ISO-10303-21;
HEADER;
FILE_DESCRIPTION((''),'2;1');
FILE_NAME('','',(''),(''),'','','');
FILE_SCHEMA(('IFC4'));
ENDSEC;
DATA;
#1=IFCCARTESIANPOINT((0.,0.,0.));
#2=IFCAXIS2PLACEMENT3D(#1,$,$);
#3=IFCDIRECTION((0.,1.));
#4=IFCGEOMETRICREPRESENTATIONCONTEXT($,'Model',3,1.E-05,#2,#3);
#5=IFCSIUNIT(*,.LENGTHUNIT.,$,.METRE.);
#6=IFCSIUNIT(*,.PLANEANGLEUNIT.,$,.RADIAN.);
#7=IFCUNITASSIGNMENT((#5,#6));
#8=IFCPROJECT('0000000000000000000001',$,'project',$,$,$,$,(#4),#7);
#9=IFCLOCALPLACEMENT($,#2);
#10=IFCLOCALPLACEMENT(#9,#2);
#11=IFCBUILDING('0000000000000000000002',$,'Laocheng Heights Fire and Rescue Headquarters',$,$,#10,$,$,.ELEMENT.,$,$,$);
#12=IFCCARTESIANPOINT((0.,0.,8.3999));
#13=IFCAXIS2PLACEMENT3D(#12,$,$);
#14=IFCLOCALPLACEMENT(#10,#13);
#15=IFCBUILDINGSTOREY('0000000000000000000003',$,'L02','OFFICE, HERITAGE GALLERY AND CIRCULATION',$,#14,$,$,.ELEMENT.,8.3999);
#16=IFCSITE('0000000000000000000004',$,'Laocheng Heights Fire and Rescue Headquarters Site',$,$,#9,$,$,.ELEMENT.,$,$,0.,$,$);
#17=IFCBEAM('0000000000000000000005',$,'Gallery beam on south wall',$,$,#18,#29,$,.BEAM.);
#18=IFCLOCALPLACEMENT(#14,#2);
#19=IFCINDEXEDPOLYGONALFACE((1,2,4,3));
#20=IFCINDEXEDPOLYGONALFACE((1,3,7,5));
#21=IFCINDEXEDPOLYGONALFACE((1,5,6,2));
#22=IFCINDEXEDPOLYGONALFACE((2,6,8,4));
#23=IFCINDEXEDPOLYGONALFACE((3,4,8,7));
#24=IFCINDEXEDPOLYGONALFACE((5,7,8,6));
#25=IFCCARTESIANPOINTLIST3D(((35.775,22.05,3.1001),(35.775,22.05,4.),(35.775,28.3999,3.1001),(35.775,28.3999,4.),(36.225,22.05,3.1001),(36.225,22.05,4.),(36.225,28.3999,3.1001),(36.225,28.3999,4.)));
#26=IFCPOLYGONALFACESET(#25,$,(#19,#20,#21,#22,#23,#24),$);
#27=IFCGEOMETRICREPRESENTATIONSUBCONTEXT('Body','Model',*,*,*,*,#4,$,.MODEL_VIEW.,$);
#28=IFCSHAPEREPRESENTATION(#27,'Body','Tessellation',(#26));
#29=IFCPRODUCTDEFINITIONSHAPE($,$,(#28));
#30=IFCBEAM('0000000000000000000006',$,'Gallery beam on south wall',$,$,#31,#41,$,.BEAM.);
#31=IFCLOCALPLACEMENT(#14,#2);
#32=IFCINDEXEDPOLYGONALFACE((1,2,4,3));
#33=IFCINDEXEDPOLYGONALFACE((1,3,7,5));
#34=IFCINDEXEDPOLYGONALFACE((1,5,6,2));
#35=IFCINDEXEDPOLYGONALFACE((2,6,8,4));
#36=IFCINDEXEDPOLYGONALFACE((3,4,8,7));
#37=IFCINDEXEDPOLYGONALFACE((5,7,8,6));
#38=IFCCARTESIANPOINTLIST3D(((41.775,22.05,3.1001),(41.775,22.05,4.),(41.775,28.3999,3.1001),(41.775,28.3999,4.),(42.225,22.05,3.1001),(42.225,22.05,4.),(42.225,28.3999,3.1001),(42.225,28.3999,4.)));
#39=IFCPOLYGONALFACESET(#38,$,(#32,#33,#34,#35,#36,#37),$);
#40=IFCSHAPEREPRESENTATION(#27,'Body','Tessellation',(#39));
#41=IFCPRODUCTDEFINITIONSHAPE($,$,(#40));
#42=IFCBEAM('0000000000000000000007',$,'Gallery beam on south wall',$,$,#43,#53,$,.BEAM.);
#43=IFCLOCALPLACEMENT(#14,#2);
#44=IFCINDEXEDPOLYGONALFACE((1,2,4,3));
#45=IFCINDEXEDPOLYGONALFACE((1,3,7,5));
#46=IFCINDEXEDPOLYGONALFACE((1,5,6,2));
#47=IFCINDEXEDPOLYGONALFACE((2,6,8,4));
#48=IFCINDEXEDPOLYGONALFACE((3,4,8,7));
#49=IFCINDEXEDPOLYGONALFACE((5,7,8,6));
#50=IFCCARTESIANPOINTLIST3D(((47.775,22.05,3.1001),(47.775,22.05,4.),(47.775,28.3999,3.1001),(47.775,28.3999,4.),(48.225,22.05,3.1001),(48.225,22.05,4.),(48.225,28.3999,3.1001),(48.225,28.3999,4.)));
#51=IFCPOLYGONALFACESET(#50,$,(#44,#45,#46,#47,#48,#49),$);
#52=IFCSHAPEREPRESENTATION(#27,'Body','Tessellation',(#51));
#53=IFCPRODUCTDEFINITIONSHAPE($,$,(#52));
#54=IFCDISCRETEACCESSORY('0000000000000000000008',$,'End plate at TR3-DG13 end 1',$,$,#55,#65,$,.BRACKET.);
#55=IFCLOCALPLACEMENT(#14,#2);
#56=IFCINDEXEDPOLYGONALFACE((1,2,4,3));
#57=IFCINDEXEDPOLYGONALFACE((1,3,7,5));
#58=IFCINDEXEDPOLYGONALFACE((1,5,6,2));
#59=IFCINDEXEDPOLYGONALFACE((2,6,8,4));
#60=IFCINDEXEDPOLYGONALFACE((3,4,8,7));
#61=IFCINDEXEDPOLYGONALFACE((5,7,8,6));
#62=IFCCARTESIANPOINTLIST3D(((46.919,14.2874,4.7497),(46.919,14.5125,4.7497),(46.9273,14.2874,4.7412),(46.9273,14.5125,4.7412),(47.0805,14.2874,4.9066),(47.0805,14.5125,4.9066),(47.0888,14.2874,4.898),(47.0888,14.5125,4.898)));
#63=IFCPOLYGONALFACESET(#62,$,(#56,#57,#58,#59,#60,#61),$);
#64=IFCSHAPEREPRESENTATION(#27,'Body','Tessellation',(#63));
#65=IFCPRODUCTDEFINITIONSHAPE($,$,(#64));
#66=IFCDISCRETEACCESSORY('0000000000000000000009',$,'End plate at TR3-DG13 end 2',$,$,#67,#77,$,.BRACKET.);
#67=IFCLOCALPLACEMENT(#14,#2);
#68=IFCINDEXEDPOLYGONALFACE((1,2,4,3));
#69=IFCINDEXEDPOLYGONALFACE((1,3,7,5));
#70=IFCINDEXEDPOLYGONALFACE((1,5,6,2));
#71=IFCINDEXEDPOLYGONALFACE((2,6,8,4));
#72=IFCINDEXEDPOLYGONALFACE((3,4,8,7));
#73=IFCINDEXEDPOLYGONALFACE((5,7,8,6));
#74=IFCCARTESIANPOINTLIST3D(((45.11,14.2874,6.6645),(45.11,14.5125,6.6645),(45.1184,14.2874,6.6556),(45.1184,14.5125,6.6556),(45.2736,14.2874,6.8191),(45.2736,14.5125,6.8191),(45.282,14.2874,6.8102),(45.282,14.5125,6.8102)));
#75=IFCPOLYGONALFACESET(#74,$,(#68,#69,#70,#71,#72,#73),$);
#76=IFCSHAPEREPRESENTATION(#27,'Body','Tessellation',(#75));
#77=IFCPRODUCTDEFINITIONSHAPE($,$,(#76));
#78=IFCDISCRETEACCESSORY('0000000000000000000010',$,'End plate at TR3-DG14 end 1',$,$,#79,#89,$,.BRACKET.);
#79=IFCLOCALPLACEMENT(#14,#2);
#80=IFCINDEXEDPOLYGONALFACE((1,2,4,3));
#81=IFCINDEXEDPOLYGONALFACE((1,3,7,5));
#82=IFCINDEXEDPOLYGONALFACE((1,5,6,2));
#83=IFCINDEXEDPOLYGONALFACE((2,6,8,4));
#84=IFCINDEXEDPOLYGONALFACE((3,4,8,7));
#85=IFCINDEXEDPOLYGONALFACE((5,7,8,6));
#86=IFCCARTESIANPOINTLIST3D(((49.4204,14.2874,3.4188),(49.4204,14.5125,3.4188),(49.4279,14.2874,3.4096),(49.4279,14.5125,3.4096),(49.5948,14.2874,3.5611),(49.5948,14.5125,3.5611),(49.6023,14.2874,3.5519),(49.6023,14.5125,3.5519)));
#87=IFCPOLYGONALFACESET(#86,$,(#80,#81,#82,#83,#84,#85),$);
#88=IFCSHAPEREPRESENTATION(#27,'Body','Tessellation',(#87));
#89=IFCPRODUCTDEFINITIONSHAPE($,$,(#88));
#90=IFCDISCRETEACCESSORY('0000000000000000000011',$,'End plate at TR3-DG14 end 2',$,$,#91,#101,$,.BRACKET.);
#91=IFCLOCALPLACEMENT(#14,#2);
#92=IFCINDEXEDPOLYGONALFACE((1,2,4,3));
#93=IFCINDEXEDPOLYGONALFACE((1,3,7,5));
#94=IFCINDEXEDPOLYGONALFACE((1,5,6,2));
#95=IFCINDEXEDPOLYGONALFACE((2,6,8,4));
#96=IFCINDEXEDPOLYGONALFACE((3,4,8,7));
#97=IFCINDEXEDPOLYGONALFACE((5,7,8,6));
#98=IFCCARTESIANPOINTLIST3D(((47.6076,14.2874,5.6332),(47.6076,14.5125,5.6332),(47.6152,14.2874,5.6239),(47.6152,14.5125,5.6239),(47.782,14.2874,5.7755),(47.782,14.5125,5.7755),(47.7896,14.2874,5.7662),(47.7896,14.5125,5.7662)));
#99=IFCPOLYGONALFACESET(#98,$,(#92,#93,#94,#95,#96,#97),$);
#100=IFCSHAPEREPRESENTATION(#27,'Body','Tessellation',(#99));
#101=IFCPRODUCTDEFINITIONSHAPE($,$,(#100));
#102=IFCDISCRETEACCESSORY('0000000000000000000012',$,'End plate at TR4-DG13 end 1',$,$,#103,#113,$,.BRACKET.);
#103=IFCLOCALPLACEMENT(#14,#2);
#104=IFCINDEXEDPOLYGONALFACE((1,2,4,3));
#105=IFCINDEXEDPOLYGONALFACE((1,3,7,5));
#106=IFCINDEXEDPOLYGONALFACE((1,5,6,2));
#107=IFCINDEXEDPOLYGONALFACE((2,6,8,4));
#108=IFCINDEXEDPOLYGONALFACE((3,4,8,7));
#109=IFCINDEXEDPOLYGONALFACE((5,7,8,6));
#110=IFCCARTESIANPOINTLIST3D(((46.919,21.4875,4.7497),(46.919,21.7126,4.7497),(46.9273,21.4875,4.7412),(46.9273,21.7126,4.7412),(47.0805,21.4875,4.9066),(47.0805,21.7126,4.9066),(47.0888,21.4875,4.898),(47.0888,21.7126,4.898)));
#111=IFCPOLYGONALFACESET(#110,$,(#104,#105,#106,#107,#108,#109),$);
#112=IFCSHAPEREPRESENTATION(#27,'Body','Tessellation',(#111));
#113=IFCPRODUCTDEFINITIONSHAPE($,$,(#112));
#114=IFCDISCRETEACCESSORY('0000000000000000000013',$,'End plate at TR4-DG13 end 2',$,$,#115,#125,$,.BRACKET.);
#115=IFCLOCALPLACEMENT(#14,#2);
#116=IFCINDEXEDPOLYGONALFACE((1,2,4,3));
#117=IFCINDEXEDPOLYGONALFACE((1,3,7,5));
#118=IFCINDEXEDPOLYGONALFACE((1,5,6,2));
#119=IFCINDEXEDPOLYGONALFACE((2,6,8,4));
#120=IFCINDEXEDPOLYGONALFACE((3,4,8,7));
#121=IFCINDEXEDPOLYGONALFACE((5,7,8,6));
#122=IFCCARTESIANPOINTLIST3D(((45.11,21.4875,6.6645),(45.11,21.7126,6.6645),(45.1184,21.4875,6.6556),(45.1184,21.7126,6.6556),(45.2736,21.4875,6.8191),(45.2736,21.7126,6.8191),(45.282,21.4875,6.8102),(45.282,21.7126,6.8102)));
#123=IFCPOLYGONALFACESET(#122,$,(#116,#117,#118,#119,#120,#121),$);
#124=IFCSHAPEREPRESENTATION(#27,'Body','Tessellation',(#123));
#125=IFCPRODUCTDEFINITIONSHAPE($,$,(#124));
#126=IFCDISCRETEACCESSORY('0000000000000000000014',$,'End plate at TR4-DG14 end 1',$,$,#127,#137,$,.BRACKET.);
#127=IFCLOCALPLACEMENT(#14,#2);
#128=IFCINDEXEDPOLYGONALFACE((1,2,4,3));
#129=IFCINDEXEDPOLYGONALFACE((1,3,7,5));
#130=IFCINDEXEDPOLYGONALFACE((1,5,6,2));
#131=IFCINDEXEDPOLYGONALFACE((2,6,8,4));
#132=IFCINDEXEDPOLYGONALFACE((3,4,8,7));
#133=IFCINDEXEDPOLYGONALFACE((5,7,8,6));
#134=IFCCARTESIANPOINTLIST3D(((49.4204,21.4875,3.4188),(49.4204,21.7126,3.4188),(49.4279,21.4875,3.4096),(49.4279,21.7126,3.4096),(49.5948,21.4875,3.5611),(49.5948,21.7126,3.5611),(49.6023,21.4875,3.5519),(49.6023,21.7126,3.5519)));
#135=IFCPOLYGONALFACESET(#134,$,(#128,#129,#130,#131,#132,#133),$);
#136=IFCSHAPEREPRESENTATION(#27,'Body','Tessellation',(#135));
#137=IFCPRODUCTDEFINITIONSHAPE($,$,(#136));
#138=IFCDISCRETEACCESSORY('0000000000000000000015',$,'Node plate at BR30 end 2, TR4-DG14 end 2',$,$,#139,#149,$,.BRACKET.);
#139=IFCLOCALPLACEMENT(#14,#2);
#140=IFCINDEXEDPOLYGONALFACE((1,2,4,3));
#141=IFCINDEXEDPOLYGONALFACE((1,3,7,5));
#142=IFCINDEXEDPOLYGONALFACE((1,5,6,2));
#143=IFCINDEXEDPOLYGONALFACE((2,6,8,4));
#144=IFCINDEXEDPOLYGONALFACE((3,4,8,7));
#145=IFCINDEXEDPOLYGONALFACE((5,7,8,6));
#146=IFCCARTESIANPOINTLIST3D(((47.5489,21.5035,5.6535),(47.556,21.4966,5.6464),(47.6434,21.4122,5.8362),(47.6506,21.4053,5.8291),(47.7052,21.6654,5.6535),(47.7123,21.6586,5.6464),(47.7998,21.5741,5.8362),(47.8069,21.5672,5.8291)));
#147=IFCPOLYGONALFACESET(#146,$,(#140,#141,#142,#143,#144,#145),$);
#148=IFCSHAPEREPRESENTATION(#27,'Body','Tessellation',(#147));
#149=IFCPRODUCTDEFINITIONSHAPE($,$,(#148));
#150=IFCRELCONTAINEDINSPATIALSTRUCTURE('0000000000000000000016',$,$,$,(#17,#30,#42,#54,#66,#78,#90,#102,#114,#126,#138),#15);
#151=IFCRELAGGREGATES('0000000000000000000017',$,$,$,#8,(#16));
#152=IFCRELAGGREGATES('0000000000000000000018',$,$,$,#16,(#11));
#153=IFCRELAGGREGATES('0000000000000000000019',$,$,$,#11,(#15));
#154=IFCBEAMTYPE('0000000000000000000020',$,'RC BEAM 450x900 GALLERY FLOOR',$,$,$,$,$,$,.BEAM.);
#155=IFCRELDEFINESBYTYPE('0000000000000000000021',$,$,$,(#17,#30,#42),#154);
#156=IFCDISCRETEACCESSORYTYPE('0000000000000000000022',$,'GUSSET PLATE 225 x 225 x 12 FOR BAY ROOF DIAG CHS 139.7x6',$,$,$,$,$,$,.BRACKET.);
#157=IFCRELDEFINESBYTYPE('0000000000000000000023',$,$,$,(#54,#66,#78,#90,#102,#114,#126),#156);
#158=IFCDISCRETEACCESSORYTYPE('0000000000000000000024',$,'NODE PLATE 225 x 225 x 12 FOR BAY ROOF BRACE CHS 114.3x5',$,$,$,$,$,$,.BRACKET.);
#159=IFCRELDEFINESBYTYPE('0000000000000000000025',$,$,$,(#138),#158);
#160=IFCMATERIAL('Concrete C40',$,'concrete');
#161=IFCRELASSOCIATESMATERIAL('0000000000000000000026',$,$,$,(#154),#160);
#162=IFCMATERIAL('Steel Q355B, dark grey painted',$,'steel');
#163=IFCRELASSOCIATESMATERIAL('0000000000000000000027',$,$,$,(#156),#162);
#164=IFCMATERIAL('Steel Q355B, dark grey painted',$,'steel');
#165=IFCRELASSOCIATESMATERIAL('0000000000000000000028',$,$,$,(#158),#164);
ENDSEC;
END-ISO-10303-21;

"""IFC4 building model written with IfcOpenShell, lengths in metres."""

from ifc_helpers import new_model, si_unit, direction, frame, origin, origin_2d, place, context, subcontext, project, spatial, rectangle, extrude, material, material_profile, profile_set, type_object, element, save


model = new_model("IFC4")

# Units and contexts
model_context = context("Model", 3, precision=1e-05, world=origin(), true_north=direction((0.0, 1.0)))
body_context = subcontext(model_context, "Body", "Model", "MODEL_VIEW")
ifc_project = project(units=[si_unit("LENGTHUNIT", "METRE"), si_unit("PLANEANGLEUNIT", "RADIAN")], contexts=[model_context])

# Site, building, storey
site_placement = place(None, origin())
site = spatial("IfcSite", under=ifc_project, at=site_placement, Name="Laocheng Heights Fire and Rescue Headquarters Site", CompositionType="ELEMENT", RefElevation=0.0)
building_placement = place(site_placement, origin())
building = spatial("IfcBuilding", under=site, at=building_placement, Name="Laocheng Heights Fire and Rescue Headquarters", CompositionType="ELEMENT")
storey_placement = place(building_placement, frame((0.0, 0.0, 8.3999)))
storey = spatial("IfcBuildingStorey", under=building, at=storey_placement, Name="L02", Description="OFFICE, HERITAGE GALLERY AND CIRCULATION", CompositionType="ELEMENT", Elevation=8.3999)

# Beams
ifc_material_1 = material(Name="Concrete C40", Category="concrete")
ifc_material_profile_1 = material_profile(ifc_material_1, rectangle(XDim=0.45, YDim=0.8999, at=origin_2d()), Name="RC BEAM 450x900 GALLERY FLOOR")
ifc_profile_set_1 = profile_set([ifc_material_profile_1], Name="Concrete C40")
beam_type_1 = type_object("IfcBeamType", Name="RC BEAM 450x900 GALLERY FLOOR", PredefinedType="BEAM", material=ifc_profile_set_1)
for number, where, z_axis, x_axis, name in (
    (1, (36.0, 22.05, 3.55), (0.0, 1.0, 0.0), (-1.0, 0.0, 0.0), "Gallery beam on south wall"),
    (2, (42.0, 22.05, 3.55), (0.0, 1.0, 0.0), (-1.0, 0.0, 0.0), "Gallery beam on south wall"),
    (3, (48.0, 22.05, 3.55), (0.0, 1.0, 0.0), (-1.0, 0.0, 0.0), "Gallery beam on south wall"),
):
    element("IfcBeam", number, at=place(storey_placement, frame(where, z_axis=z_axis, x_axis=x_axis)), inside=storey, type_object=beam_type_1, Name=name, PredefinedType="BEAM", context=body_context, shape_type="SweptSolid", body=[
        extrude(rectangle(XDim=0.45, YDim=0.8999, at=origin_2d()), origin(), (0.0, 0.0, 1.0), 6.3499),
    ])

# Discrete accessories
ifc_material_2 = material(Name="Steel Q355B, dark grey painted", Category="steel")
ifc_material_profile_2 = material_profile(ifc_material_2, rectangle(XDim=0.2251, YDim=0.2251, at=origin_2d()), Name="GUSSET PLATE 225 x 225 x 12 FOR BAY ROOF DIAG CHS 139.7x6")
ifc_profile_set_2 = profile_set([ifc_material_profile_2], Name="Steel Q355B, dark grey painted")
discrete_accessory_type_1 = type_object("IfcDiscreteAccessoryType", Name="GUSSET PLATE 225 x 225 x 12 FOR BAY ROOF DIAG CHS 139.7x6", PredefinedType="BRACKET", material=ifc_profile_set_2)
discrete_accessory_1_placement = place(storey_placement, frame((47.0081, 14.3999, 4.8196), z_axis=(-0.696786, 0.0, 0.717279), x_axis=(0.0, -1.0, 0.0)))
element("IfcDiscreteAccessory", 4, at=discrete_accessory_1_placement, inside=storey, type_object=discrete_accessory_type_1, Name="End plate at TR3-DG13 end 1", PredefinedType="BRACKET", context=body_context, shape_type="SweptSolid", body=[
    extrude(rectangle(XDim=0.2251, YDim=0.2251, at=origin_2d()), origin(), (0.0, 0.0, 1.0), 0.012),
])
discrete_accessory_2_placement = place(storey_placement, frame((45.2002, 14.3999, 6.7329), z_axis=(-0.686624, 0.0, 0.727013), x_axis=(0.0, -1.0, 0.0)))
element("IfcDiscreteAccessory", 5, at=discrete_accessory_2_placement, inside=storey, type_object=discrete_accessory_type_1, Name="End plate at TR3-DG13 end 2", PredefinedType="BRACKET", context=body_context, shape_type="SweptSolid", body=[
    extrude(rectangle(XDim=0.2251, YDim=0.2251, at=origin_2d()), origin(), (0.0, 0.0, 1.0), 0.0122),
])
for number, where, z_axis, x_axis, name in (
    (6, (49.5151, 14.3999, 3.4807), (-0.632127, 0.0, 0.774865), (0.0, -1.0, 0.0), "End plate at TR3-DG14 end 1"),
    (7, (47.7024, 14.3999, 5.6951), (-0.632127, 0.0, 0.774865), (0.0, -1.0, 0.0), "End plate at TR3-DG14 end 2"),
    (8, (47.0081, 21.6001, 4.8196), (-0.696786, 0.0, 0.717279), (0.0, -1.0, 0.0), "End plate at TR4-DG13 end 1"),
):
    element("IfcDiscreteAccessory", number, at=place(storey_placement, frame(where, z_axis=z_axis, x_axis=x_axis)), inside=storey, type_object=discrete_accessory_type_1, Name=name, PredefinedType="BRACKET", context=body_context, shape_type="SweptSolid", body=[
        extrude(rectangle(XDim=0.2251, YDim=0.2251, at=origin_2d()), origin(), (0.0, 0.0, 1.0), 0.012),
    ])
discrete_accessory_3_placement = place(storey_placement, frame((45.2002, 21.6001, 6.7329), z_axis=(-0.686624, 0.0, 0.727013), x_axis=(0.0, -1.0, 0.0)))
element("IfcDiscreteAccessory", 9, at=discrete_accessory_3_placement, inside=storey, type_object=discrete_accessory_type_1, Name="End plate at TR4-DG13 end 2", PredefinedType="BRACKET", context=body_context, shape_type="SweptSolid", body=[
    extrude(rectangle(XDim=0.2251, YDim=0.2251, at=origin_2d()), origin(), (0.0, 0.0, 1.0), 0.0122),
])
discrete_accessory_4_placement = place(storey_placement, frame((49.5151, 21.6001, 3.4807), z_axis=(-0.632127, 0.0, 0.774865), x_axis=(0.0, -1.0, 0.0)))
element("IfcDiscreteAccessory", 10, at=discrete_accessory_4_placement, inside=storey, type_object=discrete_accessory_type_1, Name="End plate at TR4-DG14 end 1", PredefinedType="BRACKET", context=body_context, shape_type="SweptSolid", body=[
    extrude(rectangle(XDim=0.2251, YDim=0.2251, at=origin_2d()), origin(), (0.0, 0.0, 1.0), 0.012),
])
ifc_material_3 = material(Name="Steel Q355B, dark grey painted", Category="steel")
ifc_material_profile_3 = material_profile(ifc_material_3, rectangle(XDim=0.2251, YDim=0.2251, at=origin_2d()), Name="NODE PLATE 225 x 225 x 12 FOR BAY ROOF BRACE CHS 114.3x5")
ifc_profile_set_3 = profile_set([ifc_material_profile_3], Name="Steel Q355B, dark grey painted")
discrete_accessory_type_2 = type_object("IfcDiscreteAccessoryType", Name="NODE PLATE 225 x 225 x 12 FOR BAY ROOF BRACE CHS 114.3x5", PredefinedType="BRACKET", material=ifc_profile_set_3)
discrete_accessory_5_placement = place(storey_placement, frame((47.6743, 21.5388, 5.7449), z_axis=(0.583985, -0.563847, -0.583985), x_axis=(0.694595, 0.719401, 0.0)))
element("IfcDiscreteAccessory", 11, at=discrete_accessory_5_placement, inside=storey, type_object=discrete_accessory_type_2, Name="Node plate at BR30 end 2, TR4-DG14 end 2", PredefinedType="BRACKET", context=body_context, shape_type="SweptSolid", body=[
    extrude(rectangle(XDim=0.2251, YDim=0.2251, at=origin_2d()), origin(), (0.0, 0.0, 1.0), 0.0122),
])

save(model, "model.ifc")
